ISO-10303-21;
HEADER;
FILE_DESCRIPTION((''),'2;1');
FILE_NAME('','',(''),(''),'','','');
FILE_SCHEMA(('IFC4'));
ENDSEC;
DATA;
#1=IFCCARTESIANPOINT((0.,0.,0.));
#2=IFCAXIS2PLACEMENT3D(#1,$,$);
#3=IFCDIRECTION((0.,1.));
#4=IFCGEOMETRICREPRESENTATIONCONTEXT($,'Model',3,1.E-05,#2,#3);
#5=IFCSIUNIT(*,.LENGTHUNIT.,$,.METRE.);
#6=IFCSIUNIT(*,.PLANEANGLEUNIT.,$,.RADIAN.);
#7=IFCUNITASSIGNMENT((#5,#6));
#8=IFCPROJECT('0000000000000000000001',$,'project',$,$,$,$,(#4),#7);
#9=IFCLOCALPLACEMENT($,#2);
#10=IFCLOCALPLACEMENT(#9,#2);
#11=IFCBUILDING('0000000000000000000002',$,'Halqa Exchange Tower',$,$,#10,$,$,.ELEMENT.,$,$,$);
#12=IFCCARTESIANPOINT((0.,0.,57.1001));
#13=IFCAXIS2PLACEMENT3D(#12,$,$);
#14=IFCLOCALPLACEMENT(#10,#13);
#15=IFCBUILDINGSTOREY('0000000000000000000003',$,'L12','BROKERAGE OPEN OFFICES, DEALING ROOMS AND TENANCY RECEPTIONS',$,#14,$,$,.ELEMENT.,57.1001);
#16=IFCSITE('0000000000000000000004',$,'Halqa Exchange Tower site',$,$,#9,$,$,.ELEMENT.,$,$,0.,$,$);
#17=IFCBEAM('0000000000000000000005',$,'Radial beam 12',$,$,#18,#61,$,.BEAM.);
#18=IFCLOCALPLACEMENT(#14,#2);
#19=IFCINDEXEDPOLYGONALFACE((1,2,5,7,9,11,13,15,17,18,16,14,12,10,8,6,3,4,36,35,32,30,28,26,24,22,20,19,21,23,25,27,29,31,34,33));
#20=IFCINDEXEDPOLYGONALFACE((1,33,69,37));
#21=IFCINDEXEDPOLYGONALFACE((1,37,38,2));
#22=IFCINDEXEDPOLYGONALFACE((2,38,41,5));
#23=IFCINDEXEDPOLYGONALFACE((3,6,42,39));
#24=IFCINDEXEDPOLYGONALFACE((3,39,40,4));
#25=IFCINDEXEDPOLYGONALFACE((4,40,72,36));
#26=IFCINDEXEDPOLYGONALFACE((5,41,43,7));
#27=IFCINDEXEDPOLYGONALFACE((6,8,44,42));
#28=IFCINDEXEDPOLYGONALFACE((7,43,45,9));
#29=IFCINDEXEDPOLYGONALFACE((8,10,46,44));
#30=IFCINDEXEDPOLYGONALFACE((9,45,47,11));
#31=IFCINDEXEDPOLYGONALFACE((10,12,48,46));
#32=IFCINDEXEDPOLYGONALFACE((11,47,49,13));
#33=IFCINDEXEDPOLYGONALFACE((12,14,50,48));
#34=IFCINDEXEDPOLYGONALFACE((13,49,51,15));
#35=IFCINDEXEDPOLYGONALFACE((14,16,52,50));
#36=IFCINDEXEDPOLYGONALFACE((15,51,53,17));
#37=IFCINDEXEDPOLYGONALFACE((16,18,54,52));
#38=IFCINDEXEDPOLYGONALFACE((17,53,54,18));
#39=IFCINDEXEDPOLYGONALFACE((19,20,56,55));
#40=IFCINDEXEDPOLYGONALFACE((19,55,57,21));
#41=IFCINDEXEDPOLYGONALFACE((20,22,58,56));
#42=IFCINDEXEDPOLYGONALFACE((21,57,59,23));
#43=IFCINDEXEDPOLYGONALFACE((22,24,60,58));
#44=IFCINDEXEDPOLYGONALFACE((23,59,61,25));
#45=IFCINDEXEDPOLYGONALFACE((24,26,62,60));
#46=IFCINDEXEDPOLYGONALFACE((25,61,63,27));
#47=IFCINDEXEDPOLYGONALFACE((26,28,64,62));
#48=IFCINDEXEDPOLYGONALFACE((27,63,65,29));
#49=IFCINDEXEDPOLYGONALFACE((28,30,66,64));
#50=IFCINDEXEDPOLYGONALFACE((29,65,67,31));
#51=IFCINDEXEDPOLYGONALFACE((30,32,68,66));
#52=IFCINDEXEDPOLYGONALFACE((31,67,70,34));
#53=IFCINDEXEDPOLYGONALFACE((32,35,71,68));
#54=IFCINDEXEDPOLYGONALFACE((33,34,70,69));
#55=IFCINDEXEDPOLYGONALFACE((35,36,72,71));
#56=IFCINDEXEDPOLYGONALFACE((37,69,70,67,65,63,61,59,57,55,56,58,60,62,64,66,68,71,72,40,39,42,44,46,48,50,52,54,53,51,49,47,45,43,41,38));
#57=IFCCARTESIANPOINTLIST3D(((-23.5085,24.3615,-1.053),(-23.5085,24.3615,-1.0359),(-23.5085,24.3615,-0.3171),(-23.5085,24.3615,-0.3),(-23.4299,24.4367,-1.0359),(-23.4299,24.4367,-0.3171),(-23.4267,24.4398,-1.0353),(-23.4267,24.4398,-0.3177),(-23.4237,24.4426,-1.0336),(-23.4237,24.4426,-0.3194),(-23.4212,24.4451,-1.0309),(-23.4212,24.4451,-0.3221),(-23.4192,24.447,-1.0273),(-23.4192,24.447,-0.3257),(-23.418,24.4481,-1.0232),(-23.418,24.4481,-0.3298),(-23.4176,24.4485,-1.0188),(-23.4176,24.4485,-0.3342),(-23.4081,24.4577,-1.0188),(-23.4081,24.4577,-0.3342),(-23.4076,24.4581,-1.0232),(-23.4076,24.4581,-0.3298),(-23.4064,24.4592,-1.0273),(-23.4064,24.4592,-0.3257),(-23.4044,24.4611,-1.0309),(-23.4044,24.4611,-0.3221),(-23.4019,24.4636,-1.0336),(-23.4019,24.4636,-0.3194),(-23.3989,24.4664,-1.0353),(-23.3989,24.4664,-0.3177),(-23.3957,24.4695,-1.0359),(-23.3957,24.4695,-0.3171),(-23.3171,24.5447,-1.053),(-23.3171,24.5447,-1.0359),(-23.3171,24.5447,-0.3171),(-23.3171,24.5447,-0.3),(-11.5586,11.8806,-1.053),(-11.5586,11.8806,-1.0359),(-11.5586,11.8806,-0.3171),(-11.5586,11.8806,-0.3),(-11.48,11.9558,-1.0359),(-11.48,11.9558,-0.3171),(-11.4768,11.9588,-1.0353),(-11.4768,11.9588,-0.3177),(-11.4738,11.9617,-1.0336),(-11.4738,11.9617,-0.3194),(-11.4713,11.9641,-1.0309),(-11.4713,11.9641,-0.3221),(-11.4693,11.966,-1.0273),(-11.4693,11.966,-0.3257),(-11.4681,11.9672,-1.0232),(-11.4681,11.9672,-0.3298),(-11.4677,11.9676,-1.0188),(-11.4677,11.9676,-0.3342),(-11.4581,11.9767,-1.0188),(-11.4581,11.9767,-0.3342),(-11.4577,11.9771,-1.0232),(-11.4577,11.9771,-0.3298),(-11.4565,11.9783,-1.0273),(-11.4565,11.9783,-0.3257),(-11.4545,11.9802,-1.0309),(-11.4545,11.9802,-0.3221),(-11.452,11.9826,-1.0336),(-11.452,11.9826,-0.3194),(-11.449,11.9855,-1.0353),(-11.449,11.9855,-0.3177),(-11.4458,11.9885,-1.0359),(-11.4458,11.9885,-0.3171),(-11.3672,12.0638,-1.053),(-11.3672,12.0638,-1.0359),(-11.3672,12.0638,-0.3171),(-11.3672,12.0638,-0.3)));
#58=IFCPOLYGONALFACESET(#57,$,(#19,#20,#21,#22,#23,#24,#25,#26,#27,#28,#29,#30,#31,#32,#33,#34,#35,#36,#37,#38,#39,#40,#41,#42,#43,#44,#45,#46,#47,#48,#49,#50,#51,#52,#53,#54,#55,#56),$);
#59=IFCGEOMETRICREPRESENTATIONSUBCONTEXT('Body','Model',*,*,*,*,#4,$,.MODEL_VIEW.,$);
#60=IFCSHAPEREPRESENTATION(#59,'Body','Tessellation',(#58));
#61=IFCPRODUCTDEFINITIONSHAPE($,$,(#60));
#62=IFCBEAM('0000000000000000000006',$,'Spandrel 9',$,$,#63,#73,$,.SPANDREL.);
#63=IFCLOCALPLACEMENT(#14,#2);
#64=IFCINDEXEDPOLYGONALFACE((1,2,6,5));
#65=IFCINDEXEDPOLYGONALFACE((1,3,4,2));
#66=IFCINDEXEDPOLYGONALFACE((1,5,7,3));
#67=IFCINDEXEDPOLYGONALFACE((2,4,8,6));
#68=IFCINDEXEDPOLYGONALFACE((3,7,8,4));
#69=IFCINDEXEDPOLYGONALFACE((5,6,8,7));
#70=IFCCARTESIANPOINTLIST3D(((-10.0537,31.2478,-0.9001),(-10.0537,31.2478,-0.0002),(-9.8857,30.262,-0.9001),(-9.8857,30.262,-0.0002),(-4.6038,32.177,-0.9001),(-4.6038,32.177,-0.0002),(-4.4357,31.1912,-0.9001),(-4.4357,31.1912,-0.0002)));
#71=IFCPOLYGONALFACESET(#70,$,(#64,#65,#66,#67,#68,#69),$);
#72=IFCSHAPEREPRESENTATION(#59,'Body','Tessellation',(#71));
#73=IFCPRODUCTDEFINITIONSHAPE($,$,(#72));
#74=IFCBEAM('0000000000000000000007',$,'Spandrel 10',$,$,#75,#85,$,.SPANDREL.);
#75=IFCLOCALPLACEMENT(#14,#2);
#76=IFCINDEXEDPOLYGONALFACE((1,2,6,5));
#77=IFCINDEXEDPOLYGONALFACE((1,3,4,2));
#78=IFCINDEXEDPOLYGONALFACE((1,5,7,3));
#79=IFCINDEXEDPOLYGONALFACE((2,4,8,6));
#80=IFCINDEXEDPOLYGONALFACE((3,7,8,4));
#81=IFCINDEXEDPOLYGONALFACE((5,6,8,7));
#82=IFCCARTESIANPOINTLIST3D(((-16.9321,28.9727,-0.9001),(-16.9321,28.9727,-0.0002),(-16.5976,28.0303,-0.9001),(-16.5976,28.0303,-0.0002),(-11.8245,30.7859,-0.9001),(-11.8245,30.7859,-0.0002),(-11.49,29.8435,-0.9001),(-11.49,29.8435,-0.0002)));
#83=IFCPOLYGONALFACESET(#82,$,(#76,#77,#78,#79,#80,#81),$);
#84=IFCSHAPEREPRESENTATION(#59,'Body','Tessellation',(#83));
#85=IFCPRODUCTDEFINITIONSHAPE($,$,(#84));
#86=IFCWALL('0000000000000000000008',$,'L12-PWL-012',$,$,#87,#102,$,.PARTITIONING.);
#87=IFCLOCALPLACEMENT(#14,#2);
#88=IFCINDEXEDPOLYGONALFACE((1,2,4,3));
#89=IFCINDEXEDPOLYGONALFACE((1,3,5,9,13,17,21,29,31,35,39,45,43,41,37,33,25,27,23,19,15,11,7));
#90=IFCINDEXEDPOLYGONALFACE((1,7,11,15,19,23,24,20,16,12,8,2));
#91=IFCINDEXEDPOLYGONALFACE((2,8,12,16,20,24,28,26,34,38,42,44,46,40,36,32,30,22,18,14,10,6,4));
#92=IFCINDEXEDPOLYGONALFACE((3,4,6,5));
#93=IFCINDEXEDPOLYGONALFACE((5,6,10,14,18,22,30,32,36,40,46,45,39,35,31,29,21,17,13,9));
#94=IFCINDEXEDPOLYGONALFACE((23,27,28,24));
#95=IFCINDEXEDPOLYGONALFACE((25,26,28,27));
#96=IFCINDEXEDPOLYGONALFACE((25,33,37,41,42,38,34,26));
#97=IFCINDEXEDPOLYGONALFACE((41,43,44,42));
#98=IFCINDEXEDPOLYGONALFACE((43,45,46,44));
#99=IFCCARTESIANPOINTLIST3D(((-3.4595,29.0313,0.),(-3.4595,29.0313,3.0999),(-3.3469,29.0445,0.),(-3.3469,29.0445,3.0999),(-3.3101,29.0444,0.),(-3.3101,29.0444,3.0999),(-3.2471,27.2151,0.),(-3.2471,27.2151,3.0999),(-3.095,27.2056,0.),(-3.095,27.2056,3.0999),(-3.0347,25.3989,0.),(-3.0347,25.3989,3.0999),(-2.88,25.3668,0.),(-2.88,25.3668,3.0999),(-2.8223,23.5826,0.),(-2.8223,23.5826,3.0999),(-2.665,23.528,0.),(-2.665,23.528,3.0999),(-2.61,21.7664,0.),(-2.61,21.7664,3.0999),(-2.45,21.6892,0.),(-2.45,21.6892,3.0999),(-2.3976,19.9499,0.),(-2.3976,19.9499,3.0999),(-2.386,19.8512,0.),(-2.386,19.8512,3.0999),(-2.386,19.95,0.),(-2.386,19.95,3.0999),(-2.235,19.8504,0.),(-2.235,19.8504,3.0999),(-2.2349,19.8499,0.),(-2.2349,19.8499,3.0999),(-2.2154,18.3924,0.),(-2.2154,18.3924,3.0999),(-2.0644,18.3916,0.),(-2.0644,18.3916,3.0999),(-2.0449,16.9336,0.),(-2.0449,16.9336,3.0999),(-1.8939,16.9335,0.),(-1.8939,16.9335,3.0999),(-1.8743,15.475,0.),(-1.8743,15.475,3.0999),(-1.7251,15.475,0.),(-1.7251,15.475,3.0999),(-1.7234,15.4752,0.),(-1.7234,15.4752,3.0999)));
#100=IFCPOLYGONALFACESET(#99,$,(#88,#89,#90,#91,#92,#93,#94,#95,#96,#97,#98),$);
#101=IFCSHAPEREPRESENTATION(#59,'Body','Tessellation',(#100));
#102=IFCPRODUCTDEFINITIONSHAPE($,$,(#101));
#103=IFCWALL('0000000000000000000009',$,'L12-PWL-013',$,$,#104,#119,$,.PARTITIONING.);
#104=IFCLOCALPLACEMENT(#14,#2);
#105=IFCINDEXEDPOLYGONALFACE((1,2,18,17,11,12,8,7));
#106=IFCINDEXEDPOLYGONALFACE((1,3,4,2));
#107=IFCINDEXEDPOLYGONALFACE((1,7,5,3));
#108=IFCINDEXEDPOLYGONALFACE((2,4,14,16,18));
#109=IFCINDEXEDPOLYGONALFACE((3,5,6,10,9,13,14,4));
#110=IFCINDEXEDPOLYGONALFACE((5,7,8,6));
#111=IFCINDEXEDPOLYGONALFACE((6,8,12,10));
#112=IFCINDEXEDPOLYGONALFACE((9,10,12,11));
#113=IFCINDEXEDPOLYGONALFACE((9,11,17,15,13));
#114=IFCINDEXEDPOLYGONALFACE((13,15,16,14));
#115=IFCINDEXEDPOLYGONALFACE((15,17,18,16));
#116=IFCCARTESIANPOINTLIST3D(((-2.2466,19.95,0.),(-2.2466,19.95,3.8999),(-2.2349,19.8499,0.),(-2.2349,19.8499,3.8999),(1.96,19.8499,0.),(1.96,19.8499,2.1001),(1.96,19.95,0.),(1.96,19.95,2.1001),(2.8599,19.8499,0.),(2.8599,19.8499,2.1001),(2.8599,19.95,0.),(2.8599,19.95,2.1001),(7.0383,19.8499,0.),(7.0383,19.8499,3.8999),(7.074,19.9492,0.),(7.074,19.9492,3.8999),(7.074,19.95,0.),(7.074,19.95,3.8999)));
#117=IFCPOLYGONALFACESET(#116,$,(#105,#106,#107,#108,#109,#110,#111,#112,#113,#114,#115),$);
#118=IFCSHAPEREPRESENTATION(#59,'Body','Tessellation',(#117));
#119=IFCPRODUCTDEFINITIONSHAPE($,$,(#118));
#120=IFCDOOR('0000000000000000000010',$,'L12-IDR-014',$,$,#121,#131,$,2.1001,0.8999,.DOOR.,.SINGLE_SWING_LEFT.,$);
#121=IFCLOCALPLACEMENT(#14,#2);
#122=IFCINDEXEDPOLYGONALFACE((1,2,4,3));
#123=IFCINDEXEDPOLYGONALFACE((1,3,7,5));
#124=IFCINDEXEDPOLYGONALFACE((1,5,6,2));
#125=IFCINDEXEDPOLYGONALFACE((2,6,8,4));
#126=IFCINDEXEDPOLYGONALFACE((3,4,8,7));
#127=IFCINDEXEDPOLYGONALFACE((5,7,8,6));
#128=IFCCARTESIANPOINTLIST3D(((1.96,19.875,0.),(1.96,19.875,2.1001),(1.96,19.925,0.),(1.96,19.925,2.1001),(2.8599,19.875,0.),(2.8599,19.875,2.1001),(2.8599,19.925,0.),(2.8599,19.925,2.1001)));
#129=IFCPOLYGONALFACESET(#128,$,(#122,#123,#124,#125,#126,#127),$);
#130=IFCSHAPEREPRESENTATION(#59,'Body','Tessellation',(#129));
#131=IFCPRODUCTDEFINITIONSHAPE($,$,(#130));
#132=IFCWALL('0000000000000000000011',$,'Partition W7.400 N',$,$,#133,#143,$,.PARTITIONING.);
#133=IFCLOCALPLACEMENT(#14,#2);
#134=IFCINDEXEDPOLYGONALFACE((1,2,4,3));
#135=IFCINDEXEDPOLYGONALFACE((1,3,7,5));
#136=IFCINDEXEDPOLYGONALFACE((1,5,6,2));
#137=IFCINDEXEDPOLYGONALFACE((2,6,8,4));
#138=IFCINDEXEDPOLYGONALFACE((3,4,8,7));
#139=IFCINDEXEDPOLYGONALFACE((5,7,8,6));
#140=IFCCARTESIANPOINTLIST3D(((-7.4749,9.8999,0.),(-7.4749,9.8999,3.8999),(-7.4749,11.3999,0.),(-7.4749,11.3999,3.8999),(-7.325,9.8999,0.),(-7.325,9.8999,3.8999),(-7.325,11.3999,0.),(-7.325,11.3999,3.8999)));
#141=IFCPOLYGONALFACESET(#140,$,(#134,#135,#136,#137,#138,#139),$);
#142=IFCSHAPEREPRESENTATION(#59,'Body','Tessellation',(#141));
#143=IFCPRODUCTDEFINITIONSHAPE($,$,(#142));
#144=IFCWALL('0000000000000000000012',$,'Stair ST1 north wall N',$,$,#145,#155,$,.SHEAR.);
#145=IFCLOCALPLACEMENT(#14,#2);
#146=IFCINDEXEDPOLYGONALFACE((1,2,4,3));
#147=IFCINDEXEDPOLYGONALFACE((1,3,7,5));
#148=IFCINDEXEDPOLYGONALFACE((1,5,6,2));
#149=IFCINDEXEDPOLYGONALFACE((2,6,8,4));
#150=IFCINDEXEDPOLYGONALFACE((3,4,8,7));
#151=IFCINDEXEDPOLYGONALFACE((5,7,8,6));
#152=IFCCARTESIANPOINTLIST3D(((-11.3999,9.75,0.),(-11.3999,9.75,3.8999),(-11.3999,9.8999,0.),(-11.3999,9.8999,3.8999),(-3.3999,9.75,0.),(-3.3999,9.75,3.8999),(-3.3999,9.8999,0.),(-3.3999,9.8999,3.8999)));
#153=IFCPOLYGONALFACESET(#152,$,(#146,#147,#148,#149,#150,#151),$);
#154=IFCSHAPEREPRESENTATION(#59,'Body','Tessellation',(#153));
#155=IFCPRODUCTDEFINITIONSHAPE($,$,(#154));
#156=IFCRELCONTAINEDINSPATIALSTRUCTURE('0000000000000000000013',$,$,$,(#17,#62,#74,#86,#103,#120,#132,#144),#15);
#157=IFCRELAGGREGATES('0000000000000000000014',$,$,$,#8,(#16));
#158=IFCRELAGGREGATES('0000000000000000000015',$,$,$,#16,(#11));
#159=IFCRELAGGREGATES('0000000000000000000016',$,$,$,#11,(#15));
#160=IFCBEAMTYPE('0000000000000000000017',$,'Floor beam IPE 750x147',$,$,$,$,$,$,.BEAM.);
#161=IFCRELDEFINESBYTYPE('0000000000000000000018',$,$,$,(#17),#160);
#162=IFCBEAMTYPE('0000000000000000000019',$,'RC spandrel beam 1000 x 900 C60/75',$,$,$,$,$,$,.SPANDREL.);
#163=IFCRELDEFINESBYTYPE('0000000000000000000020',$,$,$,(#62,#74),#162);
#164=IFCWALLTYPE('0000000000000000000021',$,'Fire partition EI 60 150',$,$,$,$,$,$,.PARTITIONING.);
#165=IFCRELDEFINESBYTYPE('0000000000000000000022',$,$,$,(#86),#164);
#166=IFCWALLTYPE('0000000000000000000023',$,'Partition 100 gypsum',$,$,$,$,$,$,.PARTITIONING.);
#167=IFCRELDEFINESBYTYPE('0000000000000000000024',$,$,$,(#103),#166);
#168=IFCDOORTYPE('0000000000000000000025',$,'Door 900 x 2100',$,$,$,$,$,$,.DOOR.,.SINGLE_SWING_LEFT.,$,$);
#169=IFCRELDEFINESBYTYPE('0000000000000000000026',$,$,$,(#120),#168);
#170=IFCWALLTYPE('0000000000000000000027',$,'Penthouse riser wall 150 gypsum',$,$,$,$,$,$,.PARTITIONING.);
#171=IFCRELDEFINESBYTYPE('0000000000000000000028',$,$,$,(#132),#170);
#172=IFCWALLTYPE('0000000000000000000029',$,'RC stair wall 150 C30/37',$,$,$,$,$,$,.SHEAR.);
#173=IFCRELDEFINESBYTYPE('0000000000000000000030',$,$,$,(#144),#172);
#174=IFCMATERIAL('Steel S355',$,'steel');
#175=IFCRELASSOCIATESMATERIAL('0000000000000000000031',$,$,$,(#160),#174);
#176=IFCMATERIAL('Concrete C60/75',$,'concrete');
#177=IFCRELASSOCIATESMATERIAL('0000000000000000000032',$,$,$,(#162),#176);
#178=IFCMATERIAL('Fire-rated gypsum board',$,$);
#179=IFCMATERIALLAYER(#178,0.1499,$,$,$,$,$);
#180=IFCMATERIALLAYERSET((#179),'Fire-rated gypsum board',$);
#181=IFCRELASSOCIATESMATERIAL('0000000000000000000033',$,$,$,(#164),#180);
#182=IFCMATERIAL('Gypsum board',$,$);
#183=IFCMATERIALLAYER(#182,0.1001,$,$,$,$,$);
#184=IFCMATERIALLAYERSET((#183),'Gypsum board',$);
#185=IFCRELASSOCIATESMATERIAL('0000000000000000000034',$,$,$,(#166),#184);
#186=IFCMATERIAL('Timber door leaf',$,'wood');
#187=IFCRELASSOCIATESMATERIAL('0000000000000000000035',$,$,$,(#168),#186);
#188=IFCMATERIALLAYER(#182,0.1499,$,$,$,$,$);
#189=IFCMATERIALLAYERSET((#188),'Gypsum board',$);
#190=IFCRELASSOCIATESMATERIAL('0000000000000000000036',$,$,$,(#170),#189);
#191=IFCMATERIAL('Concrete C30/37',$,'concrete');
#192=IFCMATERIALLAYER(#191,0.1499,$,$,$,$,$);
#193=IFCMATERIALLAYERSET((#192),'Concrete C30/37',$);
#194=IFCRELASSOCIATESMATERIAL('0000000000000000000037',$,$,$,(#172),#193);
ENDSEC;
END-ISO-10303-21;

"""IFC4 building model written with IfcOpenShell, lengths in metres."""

from ifc_helpers import new_model, si_unit, direction, frame, frame_2d, origin, origin_2d, place, context, subcontext, project, spatial, polyline, rectangle, i_section, outline, extrude, material, layer, layer_set, material_profile, profile_set, type_object, element, fill, save


model = new_model("IFC4")

# Units and contexts
model_context = context("Model", 3, precision=1e-05, world=origin(), true_north=direction((0.0, 1.0)))
body_context = subcontext(model_context, "Body", "Model", "MODEL_VIEW")
ifc_project = project(units=[si_unit("LENGTHUNIT", "METRE"), si_unit("PLANEANGLEUNIT", "RADIAN")], contexts=[model_context])

# Site, building, storey
site_placement = place(None, origin())
site = spatial("IfcSite", under=ifc_project, at=site_placement, Name="Halqa Exchange Tower site", CompositionType="ELEMENT", RefElevation=0.0)
building_placement = place(site_placement, origin())
building = spatial("IfcBuilding", under=site, at=building_placement, Name="Halqa Exchange Tower", CompositionType="ELEMENT")
storey_placement = place(building_placement, frame((0.0, 0.0, 57.1001)))
storey = spatial("IfcBuildingStorey", under=building, at=storey_placement, Name="L12", Description="BROKERAGE OPEN OFFICES, DEALING ROOMS AND TENANCY RECEPTIONS", CompositionType="ELEMENT", Elevation=57.1001)

# Beams
ifc_material_1 = material(Name="Steel S355", Category="steel")
ifc_material_profile_1 = material_profile(ifc_material_1, i_section(OverallWidth=0.2649, OverallDepth=0.7529, WebThickness=0.0132, FlangeThickness=0.0171, FilletRadius=0.0171, at=origin_2d()), Name="IPE 750x147")
ifc_profile_set_1 = profile_set([ifc_material_profile_1], Name="Steel S355")
beam_type_1 = type_object("IfcBeamType", Name="Floor beam IPE 750x147", PredefinedType="BEAM", material=ifc_profile_set_1)
beam_1_placement = place(storey_placement, frame((-11.4629, 11.9722, -0.6765), z_axis=(-0.691574, 0.722305, 0.0), x_axis=(-0.722305, -0.691574, 0.0)))
element("IfcBeam", 1, at=beam_1_placement, inside=storey, type_object=beam_type_1, Name="Radial beam 12", PredefinedType="BEAM", context=body_context, shape_type="SweptSolid", body=[
    extrude(i_section(OverallWidth=0.2649, OverallDepth=0.7529, WebThickness=0.0132, FlangeThickness=0.0171, FilletRadius=0.0171, at=origin_2d()), origin(), (0.0, 0.0, 1.0), 17.2793),
])
ifc_material_2 = material(Name="Concrete C60/75", Category="concrete")
ifc_material_profile_2 = material_profile(ifc_material_2, rectangle(XDim=1.0, YDim=0.8999, at=origin_2d()), Name="1000 x 900")
ifc_profile_set_2 = profile_set([ifc_material_profile_2], Name="Concrete C60/75")
beam_type_2 = type_object("IfcBeamType", Name="RC spandrel beam 1000 x 900 C60/75", PredefinedType="SPANDREL", material=ifc_profile_set_2)
beam_2_placement = place(storey_placement, frame((-4.5198, 31.6841, -0.4502), z_axis=(-0.985775, -0.168071, 0.0), x_axis=(0.168071, -0.985775, 0.0)))
element("IfcBeam", 2, at=beam_2_placement, inside=storey, type_object=beam_type_2, Name="Spandrel 9", PredefinedType="SPANDREL", context=body_context, shape_type="SweptSolid", body=[
    extrude(rectangle(XDim=1.0, YDim=0.8999, at=origin_2d()), origin(), (0.0, 0.0, 1.0), 5.5286),
])
beam_3_placement = place(storey_placement, frame((-11.6572, 30.3147, -0.4502), z_axis=(-0.942379, -0.334547, 0.0), x_axis=(0.334547, -0.942379, 0.0)))
element("IfcBeam", 3, at=beam_3_placement, inside=storey, type_object=beam_type_2, Name="Spandrel 10", PredefinedType="SPANDREL", context=body_context, shape_type="SweptSolid", body=[
    extrude(rectangle(XDim=1.0, YDim=0.8999, at=origin_2d()), origin(), (0.0, 0.0, 1.0), 5.4199),
])

# Wall
ifc_material_3 = material(Name="Fire-rated gypsum board")
ifc_layer_1 = layer(ifc_material_3, 0.1499)
ifc_layer_set_1 = layer_set([ifc_layer_1], Name="Fire-rated gypsum board")
wall_type_1 = type_object("IfcWallType", Name="Fire partition EI 60 150", PredefinedType="PARTITIONING", material=ifc_layer_set_1)
wall_1_placement = place(storey_placement, frame((-3.385, 29.04, 0.0), z_axis=(0.0, 0.0, 1.0), x_axis=(0.116139, -0.993233, 0.0)))
element("IfcWall", 4, at=wall_1_placement, inside=storey, type_object=wall_type_1, Name="L12-PWL-012", PredefinedType="PARTITIONING", context=body_context, shape_type="SweptSolid", body=[
    extrude(outline(polyline([(0.0, -0.075), (1.8286, -0.075), (3.6572, -0.075), (5.4858, -0.075), (7.3145, -0.075), (9.1433, -0.075), (9.1445, -0.0635), (9.2427, -0.075), (10.7114, -0.075), (12.1802, -0.075), (13.6487, -0.075), (13.666, 0.0732), (13.666, 0.075), (12.1978, 0.075), (10.7297, 0.075), (9.2615, 0.075), (9.2615, 0.075), (9.261, 0.075), (7.4097, 0.075), (5.5583, 0.075), (3.707, 0.075), (1.8557, 0.075), (0.0044, 0.075), (0.0, 0.0383), (0.0, -0.075)])), origin(), (0.0, 0.0, 1.0), 3.0999),
])

# Wall, opening, door
ifc_material_4 = material(Name="Gypsum board")
ifc_layer_2 = layer(ifc_material_4, 0.1001)
ifc_layer_set_2 = layer_set([ifc_layer_2], Name="Gypsum board")
wall_type_2 = type_object("IfcWallType", Name="Partition 100 gypsum", PredefinedType="PARTITIONING", material=ifc_layer_set_2)
wall_2_placement = place(storey_placement, frame((-2.2466, 19.8999, 0.0), z_axis=(0.0, 0.0, 1.0), x_axis=(1.0, 0.0, 0.0)))
wall_2 = element("IfcWall", 5, at=wall_2_placement, inside=storey, type_object=wall_type_2, Name="L12-PWL-013", PredefinedType="PARTITIONING", context=body_context, shape_type="SweptSolid", body=[
    extrude(outline(polyline([(0.0117, -0.05), (1.8665, -0.05), (3.7209, -0.05), (5.5757, -0.05), (7.4302, -0.05), (9.2849, -0.05), (9.3206, 0.0493), (9.3206, 0.05), (7.4565, 0.05), (5.5923, 0.05), (3.7283, 0.05), (1.864, 0.05), (0.0, 0.05), (0.0117, -0.05)])), origin(), (0.0, 0.0, 1.0), 3.8999),
])
opening_1_placement = place(wall_2_placement, frame((4.2065, 0.0, 0.0)))
opening_1 = element("IfcOpeningElement", 6, at=opening_1_placement, cuts=wall_2, PredefinedType="OPENING", context=body_context, shape_type="SweptSolid", body=[
    extrude(rectangle(XDim=0.8999, YDim=2.1001, at=frame_2d((0.45, 1.05))), frame((0.0, 0.062, 0.0), z_axis=(0.0, -1.0, 0.0), x_axis=(1.0, 0.0, 0.0)), (0.0, 0.0, 1.0), 0.124),
])
ifc_material_5 = material(Name="Timber door leaf", Category="wood")
door_type = type_object("IfcDoorType", Name="Door 900 x 2100", OperationType="SINGLE_SWING_LEFT", PredefinedType="DOOR", material=ifc_material_5)
door_placement = place(opening_1_placement, frame((0.8999, 0.0, 0.0), z_axis=(0.0, 0.0, 1.0), x_axis=(-1.0, 0.0, 0.0)))
door = element("IfcDoor", 7, at=door_placement, inside=storey, type_object=door_type, Name="L12-IDR-014", OperationType="SINGLE_SWING_LEFT", OverallHeight=2.1001, OverallWidth=0.8999, PredefinedType="DOOR", context=body_context, shape_type="SweptSolid", body=[
    extrude(rectangle(XDim=0.8999, YDim=2.1001, at=frame_2d((0.45, 1.05))), frame((0.0, 0.0249, 0.0), z_axis=(0.0, -1.0, 0.0), x_axis=(1.0, 0.0, 0.0)), (0.0, 0.0, 1.0), 0.05),
])
fill(opening_1, door)

# Walls
ifc_layer_3 = layer(ifc_material_4, 0.1499)
ifc_layer_set_3 = layer_set([ifc_layer_3], Name="Gypsum board")
wall_type_3 = type_object("IfcWallType", Name="Penthouse riser wall 150 gypsum", PredefinedType="PARTITIONING", material=ifc_layer_set_3)
wall_3_placement = place(storey_placement, frame((-7.3999, 9.8999, 0.0), z_axis=(0.0, 0.0, 1.0), x_axis=(0.0, 1.0, 0.0)))
element("IfcWall", 8, at=wall_3_placement, inside=storey, type_object=wall_type_3, Name="Partition W7.400 N", PredefinedType="PARTITIONING", context=body_context, shape_type="SweptSolid", body=[
    extrude(rectangle(XDim=1.5, YDim=0.1499, at=frame_2d((0.75, 0.0))), origin(), (0.0, 0.0, 1.0), 3.8999),
])
ifc_material_6 = material(Name="Concrete C30/37", Category="concrete")
ifc_layer_4 = layer(ifc_material_6, 0.1499)
ifc_layer_set_4 = layer_set([ifc_layer_4], Name="Concrete C30/37")
wall_type_4 = type_object("IfcWallType", Name="RC stair wall 150 C30/37", PredefinedType="SHEAR", material=ifc_layer_set_4)
wall_4_placement = place(storey_placement, frame((-11.3999, 9.825, 0.0), z_axis=(0.0, 0.0, 1.0), x_axis=(1.0, 0.0, 0.0)))
element("IfcWall", 9, at=wall_4_placement, inside=storey, type_object=wall_type_4, Name="Stair ST1 north wall N", PredefinedType="SHEAR", context=body_context, shape_type="SweptSolid", body=[
    extrude(rectangle(XDim=8.0, YDim=0.1499, at=frame_2d((4.0, 0.0))), origin(), (0.0, 0.0, 1.0), 3.8999),
])

save(model, "model.ifc")
